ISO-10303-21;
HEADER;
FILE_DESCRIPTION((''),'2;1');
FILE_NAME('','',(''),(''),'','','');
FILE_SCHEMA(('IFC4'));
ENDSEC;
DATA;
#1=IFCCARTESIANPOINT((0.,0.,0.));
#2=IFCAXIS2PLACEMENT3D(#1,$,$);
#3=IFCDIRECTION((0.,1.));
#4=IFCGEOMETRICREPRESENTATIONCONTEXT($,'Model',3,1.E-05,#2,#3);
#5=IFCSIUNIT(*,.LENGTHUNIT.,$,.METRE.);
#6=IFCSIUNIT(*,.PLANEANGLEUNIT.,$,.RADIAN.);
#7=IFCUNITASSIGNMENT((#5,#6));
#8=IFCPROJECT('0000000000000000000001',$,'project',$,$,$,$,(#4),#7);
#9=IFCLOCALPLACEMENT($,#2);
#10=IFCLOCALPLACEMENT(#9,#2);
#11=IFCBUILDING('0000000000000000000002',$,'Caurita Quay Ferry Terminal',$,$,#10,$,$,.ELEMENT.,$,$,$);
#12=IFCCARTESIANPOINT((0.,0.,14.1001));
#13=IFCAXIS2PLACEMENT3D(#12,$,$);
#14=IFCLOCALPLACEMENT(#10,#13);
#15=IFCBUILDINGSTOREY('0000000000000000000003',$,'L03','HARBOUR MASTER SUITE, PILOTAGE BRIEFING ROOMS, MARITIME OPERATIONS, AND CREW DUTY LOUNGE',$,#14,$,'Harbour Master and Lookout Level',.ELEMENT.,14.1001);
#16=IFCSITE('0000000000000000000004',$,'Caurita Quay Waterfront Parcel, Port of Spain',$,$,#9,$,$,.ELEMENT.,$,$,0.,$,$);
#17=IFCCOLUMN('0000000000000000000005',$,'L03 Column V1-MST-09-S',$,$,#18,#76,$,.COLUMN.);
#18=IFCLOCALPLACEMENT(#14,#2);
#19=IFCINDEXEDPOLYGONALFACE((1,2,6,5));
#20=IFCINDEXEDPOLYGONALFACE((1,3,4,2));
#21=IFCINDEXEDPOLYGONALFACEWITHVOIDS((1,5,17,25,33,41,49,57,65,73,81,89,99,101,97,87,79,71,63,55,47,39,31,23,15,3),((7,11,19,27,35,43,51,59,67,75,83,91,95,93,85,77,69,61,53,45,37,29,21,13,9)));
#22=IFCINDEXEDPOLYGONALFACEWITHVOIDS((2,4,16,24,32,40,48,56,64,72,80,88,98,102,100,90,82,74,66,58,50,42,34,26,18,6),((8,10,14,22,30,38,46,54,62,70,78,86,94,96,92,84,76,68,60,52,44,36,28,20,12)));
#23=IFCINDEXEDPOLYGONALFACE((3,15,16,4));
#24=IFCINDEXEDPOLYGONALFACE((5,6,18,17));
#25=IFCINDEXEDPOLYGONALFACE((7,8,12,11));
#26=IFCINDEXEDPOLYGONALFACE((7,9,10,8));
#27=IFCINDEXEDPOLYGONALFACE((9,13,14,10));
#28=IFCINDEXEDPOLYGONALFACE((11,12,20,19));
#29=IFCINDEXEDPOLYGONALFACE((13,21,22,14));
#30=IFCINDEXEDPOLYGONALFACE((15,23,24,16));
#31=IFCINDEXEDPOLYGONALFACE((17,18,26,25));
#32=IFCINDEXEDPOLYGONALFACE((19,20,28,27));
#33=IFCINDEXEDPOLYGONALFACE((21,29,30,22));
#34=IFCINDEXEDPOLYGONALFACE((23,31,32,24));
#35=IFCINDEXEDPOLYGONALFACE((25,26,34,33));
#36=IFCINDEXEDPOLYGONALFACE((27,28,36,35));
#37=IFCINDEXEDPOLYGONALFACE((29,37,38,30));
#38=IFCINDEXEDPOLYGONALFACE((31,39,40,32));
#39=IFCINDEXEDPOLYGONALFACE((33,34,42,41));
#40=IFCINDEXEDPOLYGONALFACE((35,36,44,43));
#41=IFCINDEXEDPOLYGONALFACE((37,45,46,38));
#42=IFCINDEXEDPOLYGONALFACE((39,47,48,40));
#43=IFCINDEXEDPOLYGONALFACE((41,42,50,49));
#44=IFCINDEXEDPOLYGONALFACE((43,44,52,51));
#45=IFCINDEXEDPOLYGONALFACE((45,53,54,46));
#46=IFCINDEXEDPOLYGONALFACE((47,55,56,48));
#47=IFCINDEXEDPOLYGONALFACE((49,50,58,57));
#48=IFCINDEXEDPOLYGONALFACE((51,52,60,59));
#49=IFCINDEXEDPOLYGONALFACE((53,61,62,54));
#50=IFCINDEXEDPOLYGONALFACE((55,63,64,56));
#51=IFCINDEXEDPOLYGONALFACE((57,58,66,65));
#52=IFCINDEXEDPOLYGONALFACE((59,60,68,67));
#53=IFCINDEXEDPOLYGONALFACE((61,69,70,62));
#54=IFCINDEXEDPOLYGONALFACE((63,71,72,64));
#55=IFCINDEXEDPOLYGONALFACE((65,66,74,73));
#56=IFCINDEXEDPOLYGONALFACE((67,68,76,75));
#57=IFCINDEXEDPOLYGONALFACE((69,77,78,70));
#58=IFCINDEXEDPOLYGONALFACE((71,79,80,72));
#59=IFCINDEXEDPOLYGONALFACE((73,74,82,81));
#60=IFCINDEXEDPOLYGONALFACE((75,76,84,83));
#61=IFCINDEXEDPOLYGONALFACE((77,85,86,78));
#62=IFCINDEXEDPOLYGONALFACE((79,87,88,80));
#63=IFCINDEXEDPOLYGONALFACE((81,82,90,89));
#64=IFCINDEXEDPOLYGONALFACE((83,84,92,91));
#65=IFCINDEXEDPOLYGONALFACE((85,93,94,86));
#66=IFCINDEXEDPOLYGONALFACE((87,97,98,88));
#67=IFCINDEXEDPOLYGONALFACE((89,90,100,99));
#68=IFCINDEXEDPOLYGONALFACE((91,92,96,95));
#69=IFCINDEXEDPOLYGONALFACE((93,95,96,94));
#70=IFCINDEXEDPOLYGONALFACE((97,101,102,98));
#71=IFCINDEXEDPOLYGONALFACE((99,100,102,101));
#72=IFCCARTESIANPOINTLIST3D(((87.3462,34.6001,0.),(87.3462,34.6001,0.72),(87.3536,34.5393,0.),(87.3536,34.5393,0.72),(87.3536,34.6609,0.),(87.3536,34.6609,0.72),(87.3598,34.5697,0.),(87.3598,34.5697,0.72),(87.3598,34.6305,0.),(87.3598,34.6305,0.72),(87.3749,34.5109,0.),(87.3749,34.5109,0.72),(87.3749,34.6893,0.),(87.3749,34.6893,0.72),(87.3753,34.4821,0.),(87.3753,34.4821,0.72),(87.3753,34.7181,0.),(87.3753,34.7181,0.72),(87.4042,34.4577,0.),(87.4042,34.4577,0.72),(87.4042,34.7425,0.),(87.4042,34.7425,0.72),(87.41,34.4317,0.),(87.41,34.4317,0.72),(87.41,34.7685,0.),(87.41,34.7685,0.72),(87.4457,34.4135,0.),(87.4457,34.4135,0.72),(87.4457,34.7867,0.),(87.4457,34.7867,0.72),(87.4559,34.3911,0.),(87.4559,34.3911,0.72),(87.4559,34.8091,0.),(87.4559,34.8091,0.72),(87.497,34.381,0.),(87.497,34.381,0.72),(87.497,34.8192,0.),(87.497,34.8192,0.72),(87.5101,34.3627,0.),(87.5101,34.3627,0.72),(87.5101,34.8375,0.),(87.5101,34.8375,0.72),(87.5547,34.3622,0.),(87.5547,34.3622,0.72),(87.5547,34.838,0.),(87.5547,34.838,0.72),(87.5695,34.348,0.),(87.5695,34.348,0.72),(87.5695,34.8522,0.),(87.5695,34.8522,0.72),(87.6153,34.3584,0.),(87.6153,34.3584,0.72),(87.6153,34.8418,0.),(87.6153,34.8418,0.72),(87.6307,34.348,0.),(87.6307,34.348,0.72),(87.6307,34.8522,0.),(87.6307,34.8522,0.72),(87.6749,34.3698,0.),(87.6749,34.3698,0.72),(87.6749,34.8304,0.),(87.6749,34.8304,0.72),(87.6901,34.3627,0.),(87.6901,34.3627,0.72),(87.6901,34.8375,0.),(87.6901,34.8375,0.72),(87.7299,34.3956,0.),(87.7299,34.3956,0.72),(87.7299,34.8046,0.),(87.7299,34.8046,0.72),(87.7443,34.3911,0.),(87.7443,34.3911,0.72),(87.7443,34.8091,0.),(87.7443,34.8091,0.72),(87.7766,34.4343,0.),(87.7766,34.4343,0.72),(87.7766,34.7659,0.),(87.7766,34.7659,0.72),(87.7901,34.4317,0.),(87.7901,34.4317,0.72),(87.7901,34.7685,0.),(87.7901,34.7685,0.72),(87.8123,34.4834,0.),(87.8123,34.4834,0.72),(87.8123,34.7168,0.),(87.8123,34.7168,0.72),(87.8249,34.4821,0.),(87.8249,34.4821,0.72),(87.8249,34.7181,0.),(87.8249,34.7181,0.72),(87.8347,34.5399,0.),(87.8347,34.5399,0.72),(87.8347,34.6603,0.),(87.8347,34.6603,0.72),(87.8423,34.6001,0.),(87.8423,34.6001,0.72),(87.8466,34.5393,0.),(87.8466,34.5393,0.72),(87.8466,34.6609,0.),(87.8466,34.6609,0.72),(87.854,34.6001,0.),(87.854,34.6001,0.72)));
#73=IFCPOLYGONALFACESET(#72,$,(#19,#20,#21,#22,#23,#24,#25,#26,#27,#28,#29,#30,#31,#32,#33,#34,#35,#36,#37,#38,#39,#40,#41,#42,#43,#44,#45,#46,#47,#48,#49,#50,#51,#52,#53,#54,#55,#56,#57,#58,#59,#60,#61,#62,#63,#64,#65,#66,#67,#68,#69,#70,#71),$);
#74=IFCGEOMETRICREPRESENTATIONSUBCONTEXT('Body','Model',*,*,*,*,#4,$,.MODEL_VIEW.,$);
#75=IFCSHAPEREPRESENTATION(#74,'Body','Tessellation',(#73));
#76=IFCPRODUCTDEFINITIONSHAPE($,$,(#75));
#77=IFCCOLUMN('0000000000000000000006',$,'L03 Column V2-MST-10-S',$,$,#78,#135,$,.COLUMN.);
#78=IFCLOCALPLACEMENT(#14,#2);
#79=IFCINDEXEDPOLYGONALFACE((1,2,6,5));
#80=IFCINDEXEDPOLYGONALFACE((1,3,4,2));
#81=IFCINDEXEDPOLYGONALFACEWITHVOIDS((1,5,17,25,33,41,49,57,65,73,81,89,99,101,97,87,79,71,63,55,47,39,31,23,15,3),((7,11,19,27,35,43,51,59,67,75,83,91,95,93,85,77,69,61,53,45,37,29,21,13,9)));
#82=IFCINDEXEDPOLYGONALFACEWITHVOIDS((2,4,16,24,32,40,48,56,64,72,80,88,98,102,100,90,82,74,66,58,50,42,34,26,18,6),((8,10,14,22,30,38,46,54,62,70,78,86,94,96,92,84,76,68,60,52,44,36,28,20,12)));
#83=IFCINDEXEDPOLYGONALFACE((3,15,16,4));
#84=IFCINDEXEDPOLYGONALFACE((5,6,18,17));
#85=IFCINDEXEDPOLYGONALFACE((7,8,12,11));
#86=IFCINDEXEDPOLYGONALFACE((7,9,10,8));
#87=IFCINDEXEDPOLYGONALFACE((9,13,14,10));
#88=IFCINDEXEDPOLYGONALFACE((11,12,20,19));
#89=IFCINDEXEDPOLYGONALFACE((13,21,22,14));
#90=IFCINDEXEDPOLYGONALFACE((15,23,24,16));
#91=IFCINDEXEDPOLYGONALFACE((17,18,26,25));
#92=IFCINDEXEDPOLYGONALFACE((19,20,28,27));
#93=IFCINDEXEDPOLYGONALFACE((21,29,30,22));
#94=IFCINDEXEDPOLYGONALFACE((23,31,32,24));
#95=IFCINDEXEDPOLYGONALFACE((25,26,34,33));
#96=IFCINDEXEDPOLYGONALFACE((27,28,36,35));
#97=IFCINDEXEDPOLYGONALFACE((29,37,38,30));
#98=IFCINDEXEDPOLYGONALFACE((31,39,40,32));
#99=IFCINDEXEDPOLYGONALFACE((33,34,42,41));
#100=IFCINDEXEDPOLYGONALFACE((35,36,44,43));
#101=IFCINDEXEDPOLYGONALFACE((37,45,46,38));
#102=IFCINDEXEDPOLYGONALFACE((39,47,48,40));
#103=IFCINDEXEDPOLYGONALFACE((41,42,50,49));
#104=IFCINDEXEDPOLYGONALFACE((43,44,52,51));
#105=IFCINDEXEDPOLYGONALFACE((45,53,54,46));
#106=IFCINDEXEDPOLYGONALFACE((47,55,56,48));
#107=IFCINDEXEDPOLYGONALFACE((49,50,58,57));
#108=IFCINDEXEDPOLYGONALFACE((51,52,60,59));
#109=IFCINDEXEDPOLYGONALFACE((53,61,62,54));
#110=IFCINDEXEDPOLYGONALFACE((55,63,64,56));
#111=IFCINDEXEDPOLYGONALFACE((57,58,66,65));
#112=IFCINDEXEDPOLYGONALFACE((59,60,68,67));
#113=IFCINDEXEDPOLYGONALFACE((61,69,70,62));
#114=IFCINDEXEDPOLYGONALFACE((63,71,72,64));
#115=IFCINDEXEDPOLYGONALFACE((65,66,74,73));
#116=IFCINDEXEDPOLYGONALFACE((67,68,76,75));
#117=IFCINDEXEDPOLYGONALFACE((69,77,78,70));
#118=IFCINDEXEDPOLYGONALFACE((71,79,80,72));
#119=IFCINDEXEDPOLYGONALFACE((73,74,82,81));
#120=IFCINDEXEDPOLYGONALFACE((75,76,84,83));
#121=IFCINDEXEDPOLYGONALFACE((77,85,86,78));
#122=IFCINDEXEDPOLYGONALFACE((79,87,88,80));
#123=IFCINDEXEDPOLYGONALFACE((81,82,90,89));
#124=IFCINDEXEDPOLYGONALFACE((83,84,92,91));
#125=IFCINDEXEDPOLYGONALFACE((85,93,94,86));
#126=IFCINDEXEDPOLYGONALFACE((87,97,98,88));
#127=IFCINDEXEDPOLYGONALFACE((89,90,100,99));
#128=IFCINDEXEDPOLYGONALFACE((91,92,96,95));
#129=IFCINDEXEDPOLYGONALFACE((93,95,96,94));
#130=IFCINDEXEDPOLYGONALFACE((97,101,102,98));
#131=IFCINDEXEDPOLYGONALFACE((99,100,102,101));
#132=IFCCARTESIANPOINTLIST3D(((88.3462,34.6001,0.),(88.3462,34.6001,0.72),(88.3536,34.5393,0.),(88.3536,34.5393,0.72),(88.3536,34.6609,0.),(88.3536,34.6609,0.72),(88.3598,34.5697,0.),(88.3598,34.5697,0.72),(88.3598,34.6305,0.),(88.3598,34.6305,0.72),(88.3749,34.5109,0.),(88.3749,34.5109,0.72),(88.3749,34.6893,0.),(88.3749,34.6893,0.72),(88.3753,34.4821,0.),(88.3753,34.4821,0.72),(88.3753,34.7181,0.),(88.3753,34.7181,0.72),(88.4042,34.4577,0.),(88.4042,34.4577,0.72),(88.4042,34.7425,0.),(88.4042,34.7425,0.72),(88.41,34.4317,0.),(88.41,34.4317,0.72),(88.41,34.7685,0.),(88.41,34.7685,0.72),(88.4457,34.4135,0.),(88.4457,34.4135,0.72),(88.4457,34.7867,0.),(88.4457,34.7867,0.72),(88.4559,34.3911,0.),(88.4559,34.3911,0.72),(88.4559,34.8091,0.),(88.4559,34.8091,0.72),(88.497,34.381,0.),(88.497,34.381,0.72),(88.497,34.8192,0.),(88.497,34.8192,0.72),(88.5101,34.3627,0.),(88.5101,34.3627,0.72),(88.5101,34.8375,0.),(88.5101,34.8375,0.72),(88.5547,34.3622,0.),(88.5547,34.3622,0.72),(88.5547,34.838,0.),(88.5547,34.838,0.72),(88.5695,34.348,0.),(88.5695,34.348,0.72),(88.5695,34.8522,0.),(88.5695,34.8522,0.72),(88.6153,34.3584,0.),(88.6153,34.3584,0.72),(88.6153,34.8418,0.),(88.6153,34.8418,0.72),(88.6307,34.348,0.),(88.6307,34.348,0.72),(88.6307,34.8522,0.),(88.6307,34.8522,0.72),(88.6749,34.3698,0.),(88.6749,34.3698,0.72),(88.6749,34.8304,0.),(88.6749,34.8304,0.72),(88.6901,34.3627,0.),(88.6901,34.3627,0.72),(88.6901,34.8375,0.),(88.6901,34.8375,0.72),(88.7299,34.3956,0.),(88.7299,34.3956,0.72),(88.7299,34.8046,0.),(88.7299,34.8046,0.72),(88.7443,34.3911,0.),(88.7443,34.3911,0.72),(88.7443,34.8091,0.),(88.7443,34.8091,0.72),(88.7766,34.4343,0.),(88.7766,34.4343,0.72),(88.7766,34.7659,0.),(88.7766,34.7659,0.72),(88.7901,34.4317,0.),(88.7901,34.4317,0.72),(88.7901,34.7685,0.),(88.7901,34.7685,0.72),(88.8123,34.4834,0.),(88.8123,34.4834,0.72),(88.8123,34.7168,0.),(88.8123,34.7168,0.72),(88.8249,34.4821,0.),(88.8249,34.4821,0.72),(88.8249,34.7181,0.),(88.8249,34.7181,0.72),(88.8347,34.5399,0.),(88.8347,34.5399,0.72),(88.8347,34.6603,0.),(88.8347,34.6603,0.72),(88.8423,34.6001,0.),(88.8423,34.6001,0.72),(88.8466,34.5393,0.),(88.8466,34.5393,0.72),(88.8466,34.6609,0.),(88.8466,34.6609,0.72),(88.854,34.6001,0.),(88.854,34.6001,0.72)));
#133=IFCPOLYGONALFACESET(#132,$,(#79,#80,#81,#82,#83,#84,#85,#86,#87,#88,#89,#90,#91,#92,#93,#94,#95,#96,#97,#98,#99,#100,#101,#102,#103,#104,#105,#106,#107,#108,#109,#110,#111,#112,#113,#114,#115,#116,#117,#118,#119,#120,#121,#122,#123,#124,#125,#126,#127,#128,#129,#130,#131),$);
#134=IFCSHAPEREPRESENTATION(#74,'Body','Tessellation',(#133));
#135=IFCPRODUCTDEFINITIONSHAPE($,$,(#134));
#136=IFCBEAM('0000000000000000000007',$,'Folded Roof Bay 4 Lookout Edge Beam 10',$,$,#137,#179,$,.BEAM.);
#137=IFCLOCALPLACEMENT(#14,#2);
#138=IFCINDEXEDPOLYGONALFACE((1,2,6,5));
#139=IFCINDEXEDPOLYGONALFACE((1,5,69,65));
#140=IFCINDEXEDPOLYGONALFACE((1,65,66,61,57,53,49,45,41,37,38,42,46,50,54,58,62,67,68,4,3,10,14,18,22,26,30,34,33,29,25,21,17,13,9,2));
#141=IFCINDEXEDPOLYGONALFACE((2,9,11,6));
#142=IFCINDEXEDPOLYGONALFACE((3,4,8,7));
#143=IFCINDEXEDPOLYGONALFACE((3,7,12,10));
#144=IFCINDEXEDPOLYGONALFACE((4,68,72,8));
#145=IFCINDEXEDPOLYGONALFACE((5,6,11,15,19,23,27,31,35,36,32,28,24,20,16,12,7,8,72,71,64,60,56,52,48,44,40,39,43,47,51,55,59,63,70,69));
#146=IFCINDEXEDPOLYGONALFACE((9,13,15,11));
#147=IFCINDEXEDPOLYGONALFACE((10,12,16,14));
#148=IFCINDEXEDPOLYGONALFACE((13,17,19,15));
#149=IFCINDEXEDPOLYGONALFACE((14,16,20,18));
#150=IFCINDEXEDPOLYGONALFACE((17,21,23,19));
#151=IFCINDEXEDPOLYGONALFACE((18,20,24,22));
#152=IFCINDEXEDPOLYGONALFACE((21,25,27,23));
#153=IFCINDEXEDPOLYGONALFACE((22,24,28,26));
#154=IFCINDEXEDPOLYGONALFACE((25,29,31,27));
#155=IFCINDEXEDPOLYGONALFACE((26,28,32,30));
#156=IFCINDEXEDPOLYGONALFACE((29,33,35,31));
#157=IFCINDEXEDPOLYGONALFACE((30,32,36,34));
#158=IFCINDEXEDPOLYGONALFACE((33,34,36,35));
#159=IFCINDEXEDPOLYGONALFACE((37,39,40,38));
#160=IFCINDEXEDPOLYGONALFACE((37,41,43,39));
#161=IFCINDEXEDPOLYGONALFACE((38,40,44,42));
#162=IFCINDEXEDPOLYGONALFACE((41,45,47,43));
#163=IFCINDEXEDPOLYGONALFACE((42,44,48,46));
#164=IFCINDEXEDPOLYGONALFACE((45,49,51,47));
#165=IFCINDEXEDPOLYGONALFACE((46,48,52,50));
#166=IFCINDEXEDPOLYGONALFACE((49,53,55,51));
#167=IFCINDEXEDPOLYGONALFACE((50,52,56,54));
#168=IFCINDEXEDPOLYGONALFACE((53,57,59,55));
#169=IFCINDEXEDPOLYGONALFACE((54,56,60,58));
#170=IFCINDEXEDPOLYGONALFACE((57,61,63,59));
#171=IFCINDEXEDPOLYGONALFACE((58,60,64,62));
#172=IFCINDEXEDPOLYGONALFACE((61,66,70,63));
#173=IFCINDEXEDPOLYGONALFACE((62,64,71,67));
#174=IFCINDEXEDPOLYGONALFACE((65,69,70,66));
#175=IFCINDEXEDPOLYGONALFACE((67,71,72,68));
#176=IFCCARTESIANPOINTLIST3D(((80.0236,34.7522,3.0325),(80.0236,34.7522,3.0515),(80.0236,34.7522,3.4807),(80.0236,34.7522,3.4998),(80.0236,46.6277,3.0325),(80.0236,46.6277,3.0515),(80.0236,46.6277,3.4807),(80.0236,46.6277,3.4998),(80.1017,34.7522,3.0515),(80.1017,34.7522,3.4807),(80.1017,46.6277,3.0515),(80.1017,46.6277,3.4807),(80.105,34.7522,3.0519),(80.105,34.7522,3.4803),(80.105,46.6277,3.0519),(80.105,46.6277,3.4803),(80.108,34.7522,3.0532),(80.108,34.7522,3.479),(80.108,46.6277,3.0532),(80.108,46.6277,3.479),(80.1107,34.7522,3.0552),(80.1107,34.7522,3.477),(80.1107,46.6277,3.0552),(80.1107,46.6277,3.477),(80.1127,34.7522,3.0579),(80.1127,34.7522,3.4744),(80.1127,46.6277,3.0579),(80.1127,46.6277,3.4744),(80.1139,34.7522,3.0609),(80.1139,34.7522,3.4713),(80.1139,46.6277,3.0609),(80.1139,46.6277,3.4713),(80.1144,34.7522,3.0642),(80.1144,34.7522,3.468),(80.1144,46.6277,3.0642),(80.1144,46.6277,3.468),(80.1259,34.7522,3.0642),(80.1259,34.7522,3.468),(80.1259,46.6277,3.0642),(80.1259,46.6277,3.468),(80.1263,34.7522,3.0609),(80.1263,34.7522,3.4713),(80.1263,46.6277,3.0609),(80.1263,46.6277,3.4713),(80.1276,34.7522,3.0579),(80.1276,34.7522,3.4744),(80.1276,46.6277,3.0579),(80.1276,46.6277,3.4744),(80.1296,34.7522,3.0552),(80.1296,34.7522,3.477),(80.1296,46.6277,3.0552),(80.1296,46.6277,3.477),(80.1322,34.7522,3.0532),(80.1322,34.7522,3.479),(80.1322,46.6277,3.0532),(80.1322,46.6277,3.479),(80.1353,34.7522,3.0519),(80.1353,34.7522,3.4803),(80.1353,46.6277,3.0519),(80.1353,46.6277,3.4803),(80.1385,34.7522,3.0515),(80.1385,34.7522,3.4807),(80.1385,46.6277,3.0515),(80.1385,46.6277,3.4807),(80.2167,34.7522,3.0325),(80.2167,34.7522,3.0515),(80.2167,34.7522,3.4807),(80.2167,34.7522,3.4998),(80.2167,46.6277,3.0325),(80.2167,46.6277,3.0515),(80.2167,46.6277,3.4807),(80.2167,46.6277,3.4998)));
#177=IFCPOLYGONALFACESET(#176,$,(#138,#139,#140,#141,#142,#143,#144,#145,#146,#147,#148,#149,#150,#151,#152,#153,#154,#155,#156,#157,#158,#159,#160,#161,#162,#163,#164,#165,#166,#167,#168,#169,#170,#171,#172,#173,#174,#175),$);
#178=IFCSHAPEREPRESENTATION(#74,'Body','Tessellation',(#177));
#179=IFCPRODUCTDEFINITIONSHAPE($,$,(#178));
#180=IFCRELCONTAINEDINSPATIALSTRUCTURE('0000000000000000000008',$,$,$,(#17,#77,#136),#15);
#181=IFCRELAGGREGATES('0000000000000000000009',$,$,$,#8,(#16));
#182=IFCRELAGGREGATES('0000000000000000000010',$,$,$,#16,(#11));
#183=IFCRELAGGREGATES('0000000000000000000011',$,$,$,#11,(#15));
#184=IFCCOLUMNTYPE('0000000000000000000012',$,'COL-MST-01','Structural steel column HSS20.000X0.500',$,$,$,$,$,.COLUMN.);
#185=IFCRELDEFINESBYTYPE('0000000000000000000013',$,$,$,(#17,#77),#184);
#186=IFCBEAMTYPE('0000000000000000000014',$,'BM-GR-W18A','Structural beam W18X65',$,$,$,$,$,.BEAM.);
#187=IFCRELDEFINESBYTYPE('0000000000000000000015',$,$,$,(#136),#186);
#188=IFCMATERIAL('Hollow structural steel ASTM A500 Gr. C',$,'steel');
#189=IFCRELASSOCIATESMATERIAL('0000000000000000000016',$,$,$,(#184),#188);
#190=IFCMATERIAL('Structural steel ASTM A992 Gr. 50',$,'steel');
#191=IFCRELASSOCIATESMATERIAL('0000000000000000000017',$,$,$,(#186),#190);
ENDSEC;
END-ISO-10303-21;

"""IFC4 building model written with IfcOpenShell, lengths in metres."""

from ifc_helpers import new_model, si_unit, direction, frame, origin, origin_2d, place, context, subcontext, project, spatial, hollow_circle, i_section, extrude, material, material_profile, profile_set, type_object, element, save


model = new_model("IFC4")

# Units and contexts
model_context = context("Model", 3, precision=1e-05, world=origin(), true_north=direction((0.0, 1.0)))
body_context = subcontext(model_context, "Body", "Model", "MODEL_VIEW")
ifc_project = project(units=[si_unit("LENGTHUNIT", "METRE"), si_unit("PLANEANGLEUNIT", "RADIAN")], contexts=[model_context])

# Site, building, storey
site_placement = place(None, origin())
site = spatial("IfcSite", under=ifc_project, at=site_placement, Name="Caurita Quay Waterfront Parcel, Port of Spain", CompositionType="ELEMENT", RefElevation=0.0)
building_placement = place(site_placement, origin())
building = spatial("IfcBuilding", under=site, at=building_placement, Name="Caurita Quay Ferry Terminal", CompositionType="ELEMENT")
storey_placement = place(building_placement, frame((0.0, 0.0, 14.1001)))
storey = spatial("IfcBuildingStorey", under=building, at=storey_placement, Name="L03", Description="HARBOUR MASTER SUITE, PILOTAGE BRIEFING ROOMS, MARITIME OPERATIONS, AND CREW DUTY LOUNGE", LongName="Harbour Master and Lookout Level", CompositionType="ELEMENT", Elevation=14.1001)

# Columns
ifc_material_1 = material(Name="Hollow structural steel ASTM A500 Gr. C", Category="steel")
ifc_material_profile_1 = material_profile(ifc_material_1, hollow_circle(Radius=0.2539, WallThickness=0.0117, at=origin_2d()), Name="HSS20.000X0.500")
ifc_profile_set_1 = profile_set([ifc_material_profile_1], Name="Hollow structural steel ASTM A500 Gr. C")
column_type = type_object("IfcColumnType", Name="COL-MST-01", Description="Structural steel column HSS20.000X0.500", PredefinedType="COLUMN", material=ifc_profile_set_1)
for number, where, z_axis, x_axis, name in (
    (1, (87.6001, 34.6001, 0.0), (0.0, 0.0, 1.0), (1.0, 0.0, 0.0), "L03 Column V1-MST-09-S"),
    (2, (88.6001, 34.6001, 0.0), (0.0, 0.0, 1.0), (1.0, 0.0, 0.0), "L03 Column V2-MST-10-S"),
):
    element("IfcColumn", number, at=place(storey_placement, frame(where, z_axis=z_axis, x_axis=x_axis)), inside=storey, type_object=column_type, Name=name, PredefinedType="COLUMN", context=body_context, shape_type="SweptSolid", body=[
        extrude(hollow_circle(Radius=0.2539, WallThickness=0.0117, at=origin_2d()), origin(), (0.0, 0.0, 1.0), 0.72),
    ])

# Beam
ifc_material_2 = material(Name="Structural steel ASTM A992 Gr. 50", Category="steel")
ifc_material_profile_2 = material_profile(ifc_material_2, i_section(OverallWidth=0.1931, OverallDepth=0.4673, WebThickness=0.0115, FlangeThickness=0.019, FilletRadius=0.0127, at=origin_2d()), Name="W18X65")
ifc_profile_set_2 = profile_set([ifc_material_profile_2], Name="Structural steel ASTM A992 Gr. 50")
beam_type_1 = type_object("IfcBeamType", Name="BM-GR-W18A", Description="Structural beam W18X65", PredefinedType="BEAM", material=ifc_profile_set_2)
beam_1_placement = place(storey_placement, frame((80.1201, 46.6277, 3.2661), z_axis=(0.0, -1.0, 0.0), x_axis=(1.0, 0.0, 0.0)))
element("IfcBeam", 3, at=beam_1_placement, inside=storey, type_object=beam_type_1, Name="Folded Roof Bay 4 Lookout Edge Beam 10", PredefinedType="BEAM", context=body_context, shape_type="SweptSolid", body=[
    extrude(i_section(OverallWidth=0.1931, OverallDepth=0.4673, WebThickness=0.0115, FlangeThickness=0.019, FilletRadius=0.0127, at=origin_2d()), origin(), (0.0, 0.0, 1.0), 11.8755),
])

save(model, "model.ifc")
